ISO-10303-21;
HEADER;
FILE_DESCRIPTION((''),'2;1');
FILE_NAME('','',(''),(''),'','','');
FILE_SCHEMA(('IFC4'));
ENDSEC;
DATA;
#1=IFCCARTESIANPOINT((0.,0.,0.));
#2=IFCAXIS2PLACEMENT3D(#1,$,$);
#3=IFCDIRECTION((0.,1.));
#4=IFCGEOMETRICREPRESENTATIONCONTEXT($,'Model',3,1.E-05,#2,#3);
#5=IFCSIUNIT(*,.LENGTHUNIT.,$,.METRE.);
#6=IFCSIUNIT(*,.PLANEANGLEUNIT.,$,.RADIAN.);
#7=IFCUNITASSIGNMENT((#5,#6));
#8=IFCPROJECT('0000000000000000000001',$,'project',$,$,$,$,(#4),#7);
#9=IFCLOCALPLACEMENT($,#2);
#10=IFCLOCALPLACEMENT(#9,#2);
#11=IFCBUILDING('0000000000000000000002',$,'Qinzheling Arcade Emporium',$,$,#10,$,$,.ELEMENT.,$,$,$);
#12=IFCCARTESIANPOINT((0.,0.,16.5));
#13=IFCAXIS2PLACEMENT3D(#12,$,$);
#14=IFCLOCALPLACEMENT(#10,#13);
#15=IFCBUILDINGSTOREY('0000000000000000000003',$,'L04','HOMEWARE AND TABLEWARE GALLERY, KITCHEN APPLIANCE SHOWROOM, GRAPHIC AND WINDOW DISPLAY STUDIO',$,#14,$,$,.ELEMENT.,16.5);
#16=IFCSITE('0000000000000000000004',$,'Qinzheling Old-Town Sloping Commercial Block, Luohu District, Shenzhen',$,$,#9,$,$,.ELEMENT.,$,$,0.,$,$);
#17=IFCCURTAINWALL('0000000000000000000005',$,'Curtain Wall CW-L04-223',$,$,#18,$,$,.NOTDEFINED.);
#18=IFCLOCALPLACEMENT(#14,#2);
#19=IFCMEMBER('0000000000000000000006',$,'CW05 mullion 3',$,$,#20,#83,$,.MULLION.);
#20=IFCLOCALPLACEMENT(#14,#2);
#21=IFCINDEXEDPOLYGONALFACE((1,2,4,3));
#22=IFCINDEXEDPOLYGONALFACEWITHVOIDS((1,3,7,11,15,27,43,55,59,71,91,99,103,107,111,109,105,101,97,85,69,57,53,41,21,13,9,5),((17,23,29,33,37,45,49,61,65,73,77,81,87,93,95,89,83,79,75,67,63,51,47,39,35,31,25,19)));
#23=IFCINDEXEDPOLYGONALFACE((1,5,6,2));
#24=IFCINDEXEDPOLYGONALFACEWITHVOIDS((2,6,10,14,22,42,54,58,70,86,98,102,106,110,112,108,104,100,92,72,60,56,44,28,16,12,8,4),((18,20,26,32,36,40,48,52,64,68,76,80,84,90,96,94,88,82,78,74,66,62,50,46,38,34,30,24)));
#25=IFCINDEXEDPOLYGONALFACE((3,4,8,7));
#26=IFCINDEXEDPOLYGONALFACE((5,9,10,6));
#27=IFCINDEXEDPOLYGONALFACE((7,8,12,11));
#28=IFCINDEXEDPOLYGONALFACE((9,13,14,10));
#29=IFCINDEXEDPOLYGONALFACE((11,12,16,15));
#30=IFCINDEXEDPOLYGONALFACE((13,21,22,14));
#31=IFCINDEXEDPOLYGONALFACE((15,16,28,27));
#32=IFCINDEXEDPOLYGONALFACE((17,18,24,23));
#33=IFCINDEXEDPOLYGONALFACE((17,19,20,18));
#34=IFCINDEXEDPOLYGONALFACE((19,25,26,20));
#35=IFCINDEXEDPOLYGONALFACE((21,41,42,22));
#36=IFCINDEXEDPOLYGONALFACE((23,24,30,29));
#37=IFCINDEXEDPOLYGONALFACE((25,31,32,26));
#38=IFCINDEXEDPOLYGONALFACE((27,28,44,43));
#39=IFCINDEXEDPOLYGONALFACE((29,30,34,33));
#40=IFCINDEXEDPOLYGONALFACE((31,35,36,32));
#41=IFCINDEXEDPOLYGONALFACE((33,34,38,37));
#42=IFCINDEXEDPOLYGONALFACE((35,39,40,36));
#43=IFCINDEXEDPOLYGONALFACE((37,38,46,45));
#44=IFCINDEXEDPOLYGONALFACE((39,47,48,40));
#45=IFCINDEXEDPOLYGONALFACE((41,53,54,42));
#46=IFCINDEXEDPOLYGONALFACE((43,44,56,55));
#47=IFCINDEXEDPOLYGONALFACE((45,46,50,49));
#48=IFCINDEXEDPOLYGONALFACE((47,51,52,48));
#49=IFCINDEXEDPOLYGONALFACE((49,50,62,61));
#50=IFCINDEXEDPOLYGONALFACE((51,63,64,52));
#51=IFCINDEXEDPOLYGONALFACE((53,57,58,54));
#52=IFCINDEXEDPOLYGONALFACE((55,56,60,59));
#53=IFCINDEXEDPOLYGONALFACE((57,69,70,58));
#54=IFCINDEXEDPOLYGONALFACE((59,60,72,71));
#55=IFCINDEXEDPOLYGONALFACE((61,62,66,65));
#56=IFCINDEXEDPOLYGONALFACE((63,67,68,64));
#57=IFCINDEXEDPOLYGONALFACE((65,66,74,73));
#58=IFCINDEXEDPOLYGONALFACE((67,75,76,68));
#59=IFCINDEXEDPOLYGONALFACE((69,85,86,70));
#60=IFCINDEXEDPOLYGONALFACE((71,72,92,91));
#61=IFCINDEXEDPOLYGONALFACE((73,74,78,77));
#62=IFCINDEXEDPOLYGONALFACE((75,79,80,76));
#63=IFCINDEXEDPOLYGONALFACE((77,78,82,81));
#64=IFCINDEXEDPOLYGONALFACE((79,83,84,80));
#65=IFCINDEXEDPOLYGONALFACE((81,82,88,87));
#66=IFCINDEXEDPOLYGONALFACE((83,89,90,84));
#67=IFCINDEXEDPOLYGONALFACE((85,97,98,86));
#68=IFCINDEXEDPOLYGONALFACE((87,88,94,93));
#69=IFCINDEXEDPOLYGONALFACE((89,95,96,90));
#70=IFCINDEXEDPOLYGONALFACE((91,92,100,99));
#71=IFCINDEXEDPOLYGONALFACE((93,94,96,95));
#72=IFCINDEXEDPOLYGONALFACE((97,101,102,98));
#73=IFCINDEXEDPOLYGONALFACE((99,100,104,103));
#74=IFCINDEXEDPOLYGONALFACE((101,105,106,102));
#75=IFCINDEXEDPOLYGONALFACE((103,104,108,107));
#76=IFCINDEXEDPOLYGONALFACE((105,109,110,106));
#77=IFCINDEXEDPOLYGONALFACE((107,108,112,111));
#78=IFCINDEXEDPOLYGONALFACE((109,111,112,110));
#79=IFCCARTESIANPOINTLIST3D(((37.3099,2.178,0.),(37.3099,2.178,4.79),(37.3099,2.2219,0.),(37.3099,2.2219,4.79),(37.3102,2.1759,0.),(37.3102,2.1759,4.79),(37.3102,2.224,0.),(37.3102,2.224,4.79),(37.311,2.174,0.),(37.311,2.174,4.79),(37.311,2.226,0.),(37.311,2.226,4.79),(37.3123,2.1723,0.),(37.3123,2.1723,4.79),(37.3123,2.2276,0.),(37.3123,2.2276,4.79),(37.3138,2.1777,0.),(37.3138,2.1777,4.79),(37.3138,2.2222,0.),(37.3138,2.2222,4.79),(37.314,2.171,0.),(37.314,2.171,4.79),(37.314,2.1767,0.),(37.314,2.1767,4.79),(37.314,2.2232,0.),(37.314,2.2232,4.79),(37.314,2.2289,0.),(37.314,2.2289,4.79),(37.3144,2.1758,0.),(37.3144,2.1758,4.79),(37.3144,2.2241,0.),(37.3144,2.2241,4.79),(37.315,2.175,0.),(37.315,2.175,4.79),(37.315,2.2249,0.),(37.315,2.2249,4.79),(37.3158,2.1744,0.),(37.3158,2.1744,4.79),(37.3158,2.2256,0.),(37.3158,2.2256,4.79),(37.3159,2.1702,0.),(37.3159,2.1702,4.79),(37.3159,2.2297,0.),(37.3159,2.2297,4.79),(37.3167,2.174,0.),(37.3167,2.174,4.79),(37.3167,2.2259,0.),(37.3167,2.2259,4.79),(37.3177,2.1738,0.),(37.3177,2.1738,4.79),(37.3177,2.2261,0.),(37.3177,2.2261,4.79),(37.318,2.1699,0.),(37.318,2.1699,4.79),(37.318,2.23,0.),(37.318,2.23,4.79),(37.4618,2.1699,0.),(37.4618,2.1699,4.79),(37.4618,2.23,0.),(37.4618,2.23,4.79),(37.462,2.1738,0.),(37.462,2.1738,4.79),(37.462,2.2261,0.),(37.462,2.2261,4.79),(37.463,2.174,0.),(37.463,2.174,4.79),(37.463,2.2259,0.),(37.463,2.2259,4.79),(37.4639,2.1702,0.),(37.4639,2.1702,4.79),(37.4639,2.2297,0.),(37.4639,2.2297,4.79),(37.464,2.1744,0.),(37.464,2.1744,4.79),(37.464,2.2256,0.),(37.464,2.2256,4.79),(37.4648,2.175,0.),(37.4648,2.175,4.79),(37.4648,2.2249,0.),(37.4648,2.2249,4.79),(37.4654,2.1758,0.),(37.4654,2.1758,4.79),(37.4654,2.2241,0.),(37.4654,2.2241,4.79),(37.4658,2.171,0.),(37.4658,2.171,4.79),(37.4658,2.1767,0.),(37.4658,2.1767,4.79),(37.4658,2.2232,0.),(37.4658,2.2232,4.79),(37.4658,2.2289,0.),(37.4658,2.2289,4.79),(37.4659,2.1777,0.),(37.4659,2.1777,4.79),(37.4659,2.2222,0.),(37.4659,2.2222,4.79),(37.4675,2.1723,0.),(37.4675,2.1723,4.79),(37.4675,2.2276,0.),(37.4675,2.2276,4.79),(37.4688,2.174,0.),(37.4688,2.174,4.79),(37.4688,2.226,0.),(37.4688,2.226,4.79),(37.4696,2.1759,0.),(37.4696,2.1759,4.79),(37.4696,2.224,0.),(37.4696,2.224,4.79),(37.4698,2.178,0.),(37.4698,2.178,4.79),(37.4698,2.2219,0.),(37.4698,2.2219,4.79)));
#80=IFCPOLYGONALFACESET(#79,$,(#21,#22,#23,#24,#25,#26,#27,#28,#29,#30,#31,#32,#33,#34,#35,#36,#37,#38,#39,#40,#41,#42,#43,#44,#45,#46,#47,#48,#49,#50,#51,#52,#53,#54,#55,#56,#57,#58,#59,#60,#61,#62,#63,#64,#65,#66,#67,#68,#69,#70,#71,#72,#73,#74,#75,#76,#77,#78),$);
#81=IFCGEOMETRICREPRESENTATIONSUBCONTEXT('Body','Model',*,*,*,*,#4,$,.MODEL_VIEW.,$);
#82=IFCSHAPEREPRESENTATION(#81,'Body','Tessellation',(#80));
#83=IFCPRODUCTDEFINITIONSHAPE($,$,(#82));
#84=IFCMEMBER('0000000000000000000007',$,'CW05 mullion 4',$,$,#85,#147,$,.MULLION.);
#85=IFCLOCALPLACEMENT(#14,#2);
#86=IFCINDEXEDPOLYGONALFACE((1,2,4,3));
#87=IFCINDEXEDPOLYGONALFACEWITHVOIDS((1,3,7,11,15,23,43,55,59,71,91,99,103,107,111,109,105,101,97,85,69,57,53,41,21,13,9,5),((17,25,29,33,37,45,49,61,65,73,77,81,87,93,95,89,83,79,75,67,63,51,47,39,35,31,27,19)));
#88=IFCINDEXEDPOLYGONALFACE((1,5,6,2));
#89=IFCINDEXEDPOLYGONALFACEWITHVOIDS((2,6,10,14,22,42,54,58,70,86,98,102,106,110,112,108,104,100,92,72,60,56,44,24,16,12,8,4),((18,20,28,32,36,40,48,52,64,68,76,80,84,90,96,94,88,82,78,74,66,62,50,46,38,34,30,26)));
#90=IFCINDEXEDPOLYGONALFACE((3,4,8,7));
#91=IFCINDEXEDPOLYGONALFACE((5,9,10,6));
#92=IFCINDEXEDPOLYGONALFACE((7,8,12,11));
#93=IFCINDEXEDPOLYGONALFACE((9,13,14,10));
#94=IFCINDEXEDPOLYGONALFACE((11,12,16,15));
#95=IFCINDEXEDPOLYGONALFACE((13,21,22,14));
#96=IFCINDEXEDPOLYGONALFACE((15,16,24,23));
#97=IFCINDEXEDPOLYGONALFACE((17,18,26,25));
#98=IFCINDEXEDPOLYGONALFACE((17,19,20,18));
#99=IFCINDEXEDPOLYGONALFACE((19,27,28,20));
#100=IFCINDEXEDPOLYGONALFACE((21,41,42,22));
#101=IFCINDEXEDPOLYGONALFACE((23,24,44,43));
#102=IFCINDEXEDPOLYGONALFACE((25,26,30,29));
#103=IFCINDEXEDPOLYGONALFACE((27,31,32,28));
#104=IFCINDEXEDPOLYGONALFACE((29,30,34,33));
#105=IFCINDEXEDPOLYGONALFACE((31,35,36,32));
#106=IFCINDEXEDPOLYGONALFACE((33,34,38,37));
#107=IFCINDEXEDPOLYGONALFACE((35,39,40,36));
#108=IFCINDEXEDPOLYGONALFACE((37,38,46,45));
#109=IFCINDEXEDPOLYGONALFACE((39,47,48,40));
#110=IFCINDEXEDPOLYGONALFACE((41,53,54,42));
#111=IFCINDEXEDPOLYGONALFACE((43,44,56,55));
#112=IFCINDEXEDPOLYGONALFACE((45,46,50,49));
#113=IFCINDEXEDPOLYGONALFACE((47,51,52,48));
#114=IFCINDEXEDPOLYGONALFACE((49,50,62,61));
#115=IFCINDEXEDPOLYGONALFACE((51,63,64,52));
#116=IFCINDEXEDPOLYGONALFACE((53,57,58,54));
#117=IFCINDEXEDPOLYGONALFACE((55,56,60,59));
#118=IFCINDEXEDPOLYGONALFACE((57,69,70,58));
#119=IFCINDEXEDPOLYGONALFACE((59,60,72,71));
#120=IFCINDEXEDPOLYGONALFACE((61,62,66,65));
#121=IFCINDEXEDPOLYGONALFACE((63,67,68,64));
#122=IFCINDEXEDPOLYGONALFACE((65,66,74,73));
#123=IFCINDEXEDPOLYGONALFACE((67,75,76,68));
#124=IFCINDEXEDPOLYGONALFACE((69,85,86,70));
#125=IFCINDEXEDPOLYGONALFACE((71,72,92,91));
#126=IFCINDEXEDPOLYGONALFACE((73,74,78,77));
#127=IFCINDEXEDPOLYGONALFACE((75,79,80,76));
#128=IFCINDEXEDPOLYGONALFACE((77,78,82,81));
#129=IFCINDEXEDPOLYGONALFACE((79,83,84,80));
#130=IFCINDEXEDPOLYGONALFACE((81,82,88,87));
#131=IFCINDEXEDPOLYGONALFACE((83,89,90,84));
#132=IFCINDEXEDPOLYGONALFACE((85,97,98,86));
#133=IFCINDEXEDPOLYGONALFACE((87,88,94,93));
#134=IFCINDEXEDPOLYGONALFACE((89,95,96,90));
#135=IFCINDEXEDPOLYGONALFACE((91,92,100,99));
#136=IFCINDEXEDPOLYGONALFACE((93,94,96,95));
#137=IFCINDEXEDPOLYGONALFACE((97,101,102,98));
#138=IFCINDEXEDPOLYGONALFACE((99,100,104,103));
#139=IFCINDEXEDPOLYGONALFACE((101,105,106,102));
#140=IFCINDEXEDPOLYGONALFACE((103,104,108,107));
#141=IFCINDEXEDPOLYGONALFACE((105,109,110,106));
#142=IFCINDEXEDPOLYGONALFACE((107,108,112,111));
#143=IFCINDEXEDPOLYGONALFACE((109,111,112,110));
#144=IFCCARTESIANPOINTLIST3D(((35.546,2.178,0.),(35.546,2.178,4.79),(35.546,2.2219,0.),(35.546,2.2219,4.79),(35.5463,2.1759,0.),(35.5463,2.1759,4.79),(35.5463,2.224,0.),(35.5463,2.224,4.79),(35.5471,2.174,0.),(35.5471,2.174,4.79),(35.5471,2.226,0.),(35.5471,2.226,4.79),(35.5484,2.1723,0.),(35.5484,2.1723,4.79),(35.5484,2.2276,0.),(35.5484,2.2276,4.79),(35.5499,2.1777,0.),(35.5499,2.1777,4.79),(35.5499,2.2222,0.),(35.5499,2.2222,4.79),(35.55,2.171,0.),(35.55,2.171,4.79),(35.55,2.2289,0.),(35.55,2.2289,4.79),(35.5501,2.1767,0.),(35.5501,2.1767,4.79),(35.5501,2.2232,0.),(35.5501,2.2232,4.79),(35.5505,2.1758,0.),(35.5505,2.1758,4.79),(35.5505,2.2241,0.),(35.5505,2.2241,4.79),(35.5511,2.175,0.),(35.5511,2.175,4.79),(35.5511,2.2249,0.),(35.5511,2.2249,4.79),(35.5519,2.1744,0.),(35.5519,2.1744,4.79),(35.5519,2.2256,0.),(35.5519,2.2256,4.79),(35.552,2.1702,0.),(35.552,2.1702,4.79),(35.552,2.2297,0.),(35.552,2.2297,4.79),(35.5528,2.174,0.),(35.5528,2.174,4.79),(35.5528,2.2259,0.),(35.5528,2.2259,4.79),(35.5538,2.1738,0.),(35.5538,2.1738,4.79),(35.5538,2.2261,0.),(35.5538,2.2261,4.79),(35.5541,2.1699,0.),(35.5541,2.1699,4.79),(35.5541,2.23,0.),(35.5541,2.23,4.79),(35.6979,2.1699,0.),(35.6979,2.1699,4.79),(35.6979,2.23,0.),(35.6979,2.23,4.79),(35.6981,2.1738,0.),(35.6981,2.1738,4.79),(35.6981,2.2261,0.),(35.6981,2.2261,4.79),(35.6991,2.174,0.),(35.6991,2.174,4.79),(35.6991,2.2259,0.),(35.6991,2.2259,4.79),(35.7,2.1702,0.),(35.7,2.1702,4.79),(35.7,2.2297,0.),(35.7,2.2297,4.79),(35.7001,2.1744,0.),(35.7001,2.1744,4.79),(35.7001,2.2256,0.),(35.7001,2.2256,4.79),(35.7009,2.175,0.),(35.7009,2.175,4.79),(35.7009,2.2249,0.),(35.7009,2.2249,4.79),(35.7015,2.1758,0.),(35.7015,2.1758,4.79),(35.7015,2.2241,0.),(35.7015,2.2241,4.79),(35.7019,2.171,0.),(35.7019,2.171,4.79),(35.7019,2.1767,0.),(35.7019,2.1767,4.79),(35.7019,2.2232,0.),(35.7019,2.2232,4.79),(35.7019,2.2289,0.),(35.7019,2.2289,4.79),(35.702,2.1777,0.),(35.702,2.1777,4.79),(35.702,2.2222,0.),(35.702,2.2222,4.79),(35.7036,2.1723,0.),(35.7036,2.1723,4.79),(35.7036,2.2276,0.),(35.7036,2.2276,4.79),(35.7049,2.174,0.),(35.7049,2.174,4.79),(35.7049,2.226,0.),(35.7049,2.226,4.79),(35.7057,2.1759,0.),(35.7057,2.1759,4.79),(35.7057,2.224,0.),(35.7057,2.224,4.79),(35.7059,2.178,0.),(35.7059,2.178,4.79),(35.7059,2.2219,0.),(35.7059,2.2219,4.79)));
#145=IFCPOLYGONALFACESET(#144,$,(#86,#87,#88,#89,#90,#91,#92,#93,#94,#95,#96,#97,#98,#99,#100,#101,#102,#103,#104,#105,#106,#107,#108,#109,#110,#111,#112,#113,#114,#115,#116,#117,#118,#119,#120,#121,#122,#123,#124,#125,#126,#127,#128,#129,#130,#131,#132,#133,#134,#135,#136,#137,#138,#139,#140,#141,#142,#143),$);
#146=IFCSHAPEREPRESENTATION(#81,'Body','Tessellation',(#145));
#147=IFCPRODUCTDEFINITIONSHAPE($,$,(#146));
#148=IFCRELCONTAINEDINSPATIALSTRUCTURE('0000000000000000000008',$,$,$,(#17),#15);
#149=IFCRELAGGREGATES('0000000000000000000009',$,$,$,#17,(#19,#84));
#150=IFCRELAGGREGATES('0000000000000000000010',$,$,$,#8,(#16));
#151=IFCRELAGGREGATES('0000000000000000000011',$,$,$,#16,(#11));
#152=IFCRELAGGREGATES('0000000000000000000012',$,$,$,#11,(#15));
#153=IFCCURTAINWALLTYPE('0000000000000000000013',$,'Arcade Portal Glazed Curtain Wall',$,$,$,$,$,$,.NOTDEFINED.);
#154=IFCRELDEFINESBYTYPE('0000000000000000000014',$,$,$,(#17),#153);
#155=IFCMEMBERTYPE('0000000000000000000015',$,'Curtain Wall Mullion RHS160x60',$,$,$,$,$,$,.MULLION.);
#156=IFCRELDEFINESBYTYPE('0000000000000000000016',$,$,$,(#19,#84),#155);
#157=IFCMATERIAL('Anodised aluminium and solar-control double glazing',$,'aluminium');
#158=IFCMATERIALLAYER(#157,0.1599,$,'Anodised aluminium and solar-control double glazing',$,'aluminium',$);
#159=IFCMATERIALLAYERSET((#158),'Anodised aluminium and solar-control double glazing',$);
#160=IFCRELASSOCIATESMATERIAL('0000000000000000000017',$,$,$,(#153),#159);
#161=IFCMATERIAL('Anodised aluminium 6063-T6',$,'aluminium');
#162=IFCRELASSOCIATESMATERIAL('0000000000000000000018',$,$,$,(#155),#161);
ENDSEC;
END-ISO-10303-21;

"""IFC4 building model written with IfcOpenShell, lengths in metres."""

from ifc_helpers import new_model, si_unit, direction, frame, origin, origin_2d, place, context, subcontext, project, spatial, hollow_rectangle, extrude, material, layer, layer_set, material_profile, profile_set, type_object, element, aggregate, save


model = new_model("IFC4")

# Units and contexts
model_context = context("Model", 3, precision=1e-05, world=origin(), true_north=direction((0.0, 1.0)))
body_context = subcontext(model_context, "Body", "Model", "MODEL_VIEW")
ifc_project = project(units=[si_unit("LENGTHUNIT", "METRE"), si_unit("PLANEANGLEUNIT", "RADIAN")], contexts=[model_context])

# Site, building, storey
site_placement = place(None, origin())
site = spatial("IfcSite", under=ifc_project, at=site_placement, Name="Qinzheling Old-Town Sloping Commercial Block, Luohu District, Shenzhen", CompositionType="ELEMENT", RefElevation=0.0)
building_placement = place(site_placement, origin())
building = spatial("IfcBuilding", under=site, at=building_placement, Name="Qinzheling Arcade Emporium", CompositionType="ELEMENT")
storey_placement = place(building_placement, frame((0.0, 0.0, 16.5)))
storey = spatial("IfcBuildingStorey", under=building, at=storey_placement, Name="L04", Description="HOMEWARE AND TABLEWARE GALLERY, KITCHEN APPLIANCE SHOWROOM, GRAPHIC AND WINDOW DISPLAY STUDIO", CompositionType="ELEMENT", Elevation=16.5)

# Curtain wall, members
ifc_material_1 = material(Name="Anodised aluminium and solar-control double glazing", Category="aluminium")
ifc_layer_1 = layer(ifc_material_1, 0.1599, Name="Anodised aluminium and solar-control double glazing", Category="aluminium")
ifc_layer_set_1 = layer_set([ifc_layer_1], Name="Anodised aluminium and solar-control double glazing")
curtain_wall_type = type_object("IfcCurtainWallType", Name="Arcade Portal Glazed Curtain Wall", PredefinedType="NOTDEFINED", material=ifc_layer_set_1)
ifc_material_2 = material(Name="Anodised aluminium 6063-T6", Category="aluminium")
ifc_material_profile_1 = material_profile(ifc_material_2, hollow_rectangle(XDim=0.0601, YDim=0.1599, WallThickness=0.0039, InnerFilletRadius=0.0039, OuterFilletRadius=0.0081, at=origin_2d()), Name="RHS 160x60x4", Category="aluminium")
ifc_profile_set_1 = profile_set([ifc_material_profile_1], Name="Anodised aluminium 6063-T6")
member_type_1 = type_object("IfcMemberType", Name="Curtain Wall Mullion RHS160x60", PredefinedType="MULLION", material=ifc_profile_set_1)
curtain_wall_1_placement = place(storey_placement, origin())
curtain_wall_1 = element("IfcCurtainWall", 1, at=curtain_wall_1_placement, inside=storey, type_object=curtain_wall_type, Name="Curtain Wall CW-L04-223", PredefinedType="NOTDEFINED")
member_1_placement = place(storey_placement, frame((37.3899, 2.2, 0.0), z_axis=(0.0, 0.0, 1.0), x_axis=(0.0, -1.0, 0.0)))
member_1 = element("IfcMember", 2, at=member_1_placement, type_object=member_type_1, Name="CW05 mullion 3", PredefinedType="MULLION", context=body_context, shape_type="SweptSolid", body=[
    extrude(hollow_rectangle(XDim=0.0601, YDim=0.1599, WallThickness=0.0039, InnerFilletRadius=0.0039, OuterFilletRadius=0.0081, at=origin_2d()), origin(), (0.0, 0.0, 1.0), 4.79),
])
member_2_placement = place(storey_placement, frame((35.626, 2.2, 0.0), z_axis=(0.0, 0.0, 1.0), x_axis=(0.0, -1.0, 0.0)))
member_2 = element("IfcMember", 3, at=member_2_placement, type_object=member_type_1, Name="CW05 mullion 4", PredefinedType="MULLION", context=body_context, shape_type="SweptSolid", body=[
    extrude(hollow_rectangle(XDim=0.0601, YDim=0.1599, WallThickness=0.0039, InnerFilletRadius=0.0039, OuterFilletRadius=0.0081, at=origin_2d()), origin(), (0.0, 0.0, 1.0), 4.79),
])

aggregate(curtain_wall_1, [member_1, member_2])

save(model, "model.ifc")
